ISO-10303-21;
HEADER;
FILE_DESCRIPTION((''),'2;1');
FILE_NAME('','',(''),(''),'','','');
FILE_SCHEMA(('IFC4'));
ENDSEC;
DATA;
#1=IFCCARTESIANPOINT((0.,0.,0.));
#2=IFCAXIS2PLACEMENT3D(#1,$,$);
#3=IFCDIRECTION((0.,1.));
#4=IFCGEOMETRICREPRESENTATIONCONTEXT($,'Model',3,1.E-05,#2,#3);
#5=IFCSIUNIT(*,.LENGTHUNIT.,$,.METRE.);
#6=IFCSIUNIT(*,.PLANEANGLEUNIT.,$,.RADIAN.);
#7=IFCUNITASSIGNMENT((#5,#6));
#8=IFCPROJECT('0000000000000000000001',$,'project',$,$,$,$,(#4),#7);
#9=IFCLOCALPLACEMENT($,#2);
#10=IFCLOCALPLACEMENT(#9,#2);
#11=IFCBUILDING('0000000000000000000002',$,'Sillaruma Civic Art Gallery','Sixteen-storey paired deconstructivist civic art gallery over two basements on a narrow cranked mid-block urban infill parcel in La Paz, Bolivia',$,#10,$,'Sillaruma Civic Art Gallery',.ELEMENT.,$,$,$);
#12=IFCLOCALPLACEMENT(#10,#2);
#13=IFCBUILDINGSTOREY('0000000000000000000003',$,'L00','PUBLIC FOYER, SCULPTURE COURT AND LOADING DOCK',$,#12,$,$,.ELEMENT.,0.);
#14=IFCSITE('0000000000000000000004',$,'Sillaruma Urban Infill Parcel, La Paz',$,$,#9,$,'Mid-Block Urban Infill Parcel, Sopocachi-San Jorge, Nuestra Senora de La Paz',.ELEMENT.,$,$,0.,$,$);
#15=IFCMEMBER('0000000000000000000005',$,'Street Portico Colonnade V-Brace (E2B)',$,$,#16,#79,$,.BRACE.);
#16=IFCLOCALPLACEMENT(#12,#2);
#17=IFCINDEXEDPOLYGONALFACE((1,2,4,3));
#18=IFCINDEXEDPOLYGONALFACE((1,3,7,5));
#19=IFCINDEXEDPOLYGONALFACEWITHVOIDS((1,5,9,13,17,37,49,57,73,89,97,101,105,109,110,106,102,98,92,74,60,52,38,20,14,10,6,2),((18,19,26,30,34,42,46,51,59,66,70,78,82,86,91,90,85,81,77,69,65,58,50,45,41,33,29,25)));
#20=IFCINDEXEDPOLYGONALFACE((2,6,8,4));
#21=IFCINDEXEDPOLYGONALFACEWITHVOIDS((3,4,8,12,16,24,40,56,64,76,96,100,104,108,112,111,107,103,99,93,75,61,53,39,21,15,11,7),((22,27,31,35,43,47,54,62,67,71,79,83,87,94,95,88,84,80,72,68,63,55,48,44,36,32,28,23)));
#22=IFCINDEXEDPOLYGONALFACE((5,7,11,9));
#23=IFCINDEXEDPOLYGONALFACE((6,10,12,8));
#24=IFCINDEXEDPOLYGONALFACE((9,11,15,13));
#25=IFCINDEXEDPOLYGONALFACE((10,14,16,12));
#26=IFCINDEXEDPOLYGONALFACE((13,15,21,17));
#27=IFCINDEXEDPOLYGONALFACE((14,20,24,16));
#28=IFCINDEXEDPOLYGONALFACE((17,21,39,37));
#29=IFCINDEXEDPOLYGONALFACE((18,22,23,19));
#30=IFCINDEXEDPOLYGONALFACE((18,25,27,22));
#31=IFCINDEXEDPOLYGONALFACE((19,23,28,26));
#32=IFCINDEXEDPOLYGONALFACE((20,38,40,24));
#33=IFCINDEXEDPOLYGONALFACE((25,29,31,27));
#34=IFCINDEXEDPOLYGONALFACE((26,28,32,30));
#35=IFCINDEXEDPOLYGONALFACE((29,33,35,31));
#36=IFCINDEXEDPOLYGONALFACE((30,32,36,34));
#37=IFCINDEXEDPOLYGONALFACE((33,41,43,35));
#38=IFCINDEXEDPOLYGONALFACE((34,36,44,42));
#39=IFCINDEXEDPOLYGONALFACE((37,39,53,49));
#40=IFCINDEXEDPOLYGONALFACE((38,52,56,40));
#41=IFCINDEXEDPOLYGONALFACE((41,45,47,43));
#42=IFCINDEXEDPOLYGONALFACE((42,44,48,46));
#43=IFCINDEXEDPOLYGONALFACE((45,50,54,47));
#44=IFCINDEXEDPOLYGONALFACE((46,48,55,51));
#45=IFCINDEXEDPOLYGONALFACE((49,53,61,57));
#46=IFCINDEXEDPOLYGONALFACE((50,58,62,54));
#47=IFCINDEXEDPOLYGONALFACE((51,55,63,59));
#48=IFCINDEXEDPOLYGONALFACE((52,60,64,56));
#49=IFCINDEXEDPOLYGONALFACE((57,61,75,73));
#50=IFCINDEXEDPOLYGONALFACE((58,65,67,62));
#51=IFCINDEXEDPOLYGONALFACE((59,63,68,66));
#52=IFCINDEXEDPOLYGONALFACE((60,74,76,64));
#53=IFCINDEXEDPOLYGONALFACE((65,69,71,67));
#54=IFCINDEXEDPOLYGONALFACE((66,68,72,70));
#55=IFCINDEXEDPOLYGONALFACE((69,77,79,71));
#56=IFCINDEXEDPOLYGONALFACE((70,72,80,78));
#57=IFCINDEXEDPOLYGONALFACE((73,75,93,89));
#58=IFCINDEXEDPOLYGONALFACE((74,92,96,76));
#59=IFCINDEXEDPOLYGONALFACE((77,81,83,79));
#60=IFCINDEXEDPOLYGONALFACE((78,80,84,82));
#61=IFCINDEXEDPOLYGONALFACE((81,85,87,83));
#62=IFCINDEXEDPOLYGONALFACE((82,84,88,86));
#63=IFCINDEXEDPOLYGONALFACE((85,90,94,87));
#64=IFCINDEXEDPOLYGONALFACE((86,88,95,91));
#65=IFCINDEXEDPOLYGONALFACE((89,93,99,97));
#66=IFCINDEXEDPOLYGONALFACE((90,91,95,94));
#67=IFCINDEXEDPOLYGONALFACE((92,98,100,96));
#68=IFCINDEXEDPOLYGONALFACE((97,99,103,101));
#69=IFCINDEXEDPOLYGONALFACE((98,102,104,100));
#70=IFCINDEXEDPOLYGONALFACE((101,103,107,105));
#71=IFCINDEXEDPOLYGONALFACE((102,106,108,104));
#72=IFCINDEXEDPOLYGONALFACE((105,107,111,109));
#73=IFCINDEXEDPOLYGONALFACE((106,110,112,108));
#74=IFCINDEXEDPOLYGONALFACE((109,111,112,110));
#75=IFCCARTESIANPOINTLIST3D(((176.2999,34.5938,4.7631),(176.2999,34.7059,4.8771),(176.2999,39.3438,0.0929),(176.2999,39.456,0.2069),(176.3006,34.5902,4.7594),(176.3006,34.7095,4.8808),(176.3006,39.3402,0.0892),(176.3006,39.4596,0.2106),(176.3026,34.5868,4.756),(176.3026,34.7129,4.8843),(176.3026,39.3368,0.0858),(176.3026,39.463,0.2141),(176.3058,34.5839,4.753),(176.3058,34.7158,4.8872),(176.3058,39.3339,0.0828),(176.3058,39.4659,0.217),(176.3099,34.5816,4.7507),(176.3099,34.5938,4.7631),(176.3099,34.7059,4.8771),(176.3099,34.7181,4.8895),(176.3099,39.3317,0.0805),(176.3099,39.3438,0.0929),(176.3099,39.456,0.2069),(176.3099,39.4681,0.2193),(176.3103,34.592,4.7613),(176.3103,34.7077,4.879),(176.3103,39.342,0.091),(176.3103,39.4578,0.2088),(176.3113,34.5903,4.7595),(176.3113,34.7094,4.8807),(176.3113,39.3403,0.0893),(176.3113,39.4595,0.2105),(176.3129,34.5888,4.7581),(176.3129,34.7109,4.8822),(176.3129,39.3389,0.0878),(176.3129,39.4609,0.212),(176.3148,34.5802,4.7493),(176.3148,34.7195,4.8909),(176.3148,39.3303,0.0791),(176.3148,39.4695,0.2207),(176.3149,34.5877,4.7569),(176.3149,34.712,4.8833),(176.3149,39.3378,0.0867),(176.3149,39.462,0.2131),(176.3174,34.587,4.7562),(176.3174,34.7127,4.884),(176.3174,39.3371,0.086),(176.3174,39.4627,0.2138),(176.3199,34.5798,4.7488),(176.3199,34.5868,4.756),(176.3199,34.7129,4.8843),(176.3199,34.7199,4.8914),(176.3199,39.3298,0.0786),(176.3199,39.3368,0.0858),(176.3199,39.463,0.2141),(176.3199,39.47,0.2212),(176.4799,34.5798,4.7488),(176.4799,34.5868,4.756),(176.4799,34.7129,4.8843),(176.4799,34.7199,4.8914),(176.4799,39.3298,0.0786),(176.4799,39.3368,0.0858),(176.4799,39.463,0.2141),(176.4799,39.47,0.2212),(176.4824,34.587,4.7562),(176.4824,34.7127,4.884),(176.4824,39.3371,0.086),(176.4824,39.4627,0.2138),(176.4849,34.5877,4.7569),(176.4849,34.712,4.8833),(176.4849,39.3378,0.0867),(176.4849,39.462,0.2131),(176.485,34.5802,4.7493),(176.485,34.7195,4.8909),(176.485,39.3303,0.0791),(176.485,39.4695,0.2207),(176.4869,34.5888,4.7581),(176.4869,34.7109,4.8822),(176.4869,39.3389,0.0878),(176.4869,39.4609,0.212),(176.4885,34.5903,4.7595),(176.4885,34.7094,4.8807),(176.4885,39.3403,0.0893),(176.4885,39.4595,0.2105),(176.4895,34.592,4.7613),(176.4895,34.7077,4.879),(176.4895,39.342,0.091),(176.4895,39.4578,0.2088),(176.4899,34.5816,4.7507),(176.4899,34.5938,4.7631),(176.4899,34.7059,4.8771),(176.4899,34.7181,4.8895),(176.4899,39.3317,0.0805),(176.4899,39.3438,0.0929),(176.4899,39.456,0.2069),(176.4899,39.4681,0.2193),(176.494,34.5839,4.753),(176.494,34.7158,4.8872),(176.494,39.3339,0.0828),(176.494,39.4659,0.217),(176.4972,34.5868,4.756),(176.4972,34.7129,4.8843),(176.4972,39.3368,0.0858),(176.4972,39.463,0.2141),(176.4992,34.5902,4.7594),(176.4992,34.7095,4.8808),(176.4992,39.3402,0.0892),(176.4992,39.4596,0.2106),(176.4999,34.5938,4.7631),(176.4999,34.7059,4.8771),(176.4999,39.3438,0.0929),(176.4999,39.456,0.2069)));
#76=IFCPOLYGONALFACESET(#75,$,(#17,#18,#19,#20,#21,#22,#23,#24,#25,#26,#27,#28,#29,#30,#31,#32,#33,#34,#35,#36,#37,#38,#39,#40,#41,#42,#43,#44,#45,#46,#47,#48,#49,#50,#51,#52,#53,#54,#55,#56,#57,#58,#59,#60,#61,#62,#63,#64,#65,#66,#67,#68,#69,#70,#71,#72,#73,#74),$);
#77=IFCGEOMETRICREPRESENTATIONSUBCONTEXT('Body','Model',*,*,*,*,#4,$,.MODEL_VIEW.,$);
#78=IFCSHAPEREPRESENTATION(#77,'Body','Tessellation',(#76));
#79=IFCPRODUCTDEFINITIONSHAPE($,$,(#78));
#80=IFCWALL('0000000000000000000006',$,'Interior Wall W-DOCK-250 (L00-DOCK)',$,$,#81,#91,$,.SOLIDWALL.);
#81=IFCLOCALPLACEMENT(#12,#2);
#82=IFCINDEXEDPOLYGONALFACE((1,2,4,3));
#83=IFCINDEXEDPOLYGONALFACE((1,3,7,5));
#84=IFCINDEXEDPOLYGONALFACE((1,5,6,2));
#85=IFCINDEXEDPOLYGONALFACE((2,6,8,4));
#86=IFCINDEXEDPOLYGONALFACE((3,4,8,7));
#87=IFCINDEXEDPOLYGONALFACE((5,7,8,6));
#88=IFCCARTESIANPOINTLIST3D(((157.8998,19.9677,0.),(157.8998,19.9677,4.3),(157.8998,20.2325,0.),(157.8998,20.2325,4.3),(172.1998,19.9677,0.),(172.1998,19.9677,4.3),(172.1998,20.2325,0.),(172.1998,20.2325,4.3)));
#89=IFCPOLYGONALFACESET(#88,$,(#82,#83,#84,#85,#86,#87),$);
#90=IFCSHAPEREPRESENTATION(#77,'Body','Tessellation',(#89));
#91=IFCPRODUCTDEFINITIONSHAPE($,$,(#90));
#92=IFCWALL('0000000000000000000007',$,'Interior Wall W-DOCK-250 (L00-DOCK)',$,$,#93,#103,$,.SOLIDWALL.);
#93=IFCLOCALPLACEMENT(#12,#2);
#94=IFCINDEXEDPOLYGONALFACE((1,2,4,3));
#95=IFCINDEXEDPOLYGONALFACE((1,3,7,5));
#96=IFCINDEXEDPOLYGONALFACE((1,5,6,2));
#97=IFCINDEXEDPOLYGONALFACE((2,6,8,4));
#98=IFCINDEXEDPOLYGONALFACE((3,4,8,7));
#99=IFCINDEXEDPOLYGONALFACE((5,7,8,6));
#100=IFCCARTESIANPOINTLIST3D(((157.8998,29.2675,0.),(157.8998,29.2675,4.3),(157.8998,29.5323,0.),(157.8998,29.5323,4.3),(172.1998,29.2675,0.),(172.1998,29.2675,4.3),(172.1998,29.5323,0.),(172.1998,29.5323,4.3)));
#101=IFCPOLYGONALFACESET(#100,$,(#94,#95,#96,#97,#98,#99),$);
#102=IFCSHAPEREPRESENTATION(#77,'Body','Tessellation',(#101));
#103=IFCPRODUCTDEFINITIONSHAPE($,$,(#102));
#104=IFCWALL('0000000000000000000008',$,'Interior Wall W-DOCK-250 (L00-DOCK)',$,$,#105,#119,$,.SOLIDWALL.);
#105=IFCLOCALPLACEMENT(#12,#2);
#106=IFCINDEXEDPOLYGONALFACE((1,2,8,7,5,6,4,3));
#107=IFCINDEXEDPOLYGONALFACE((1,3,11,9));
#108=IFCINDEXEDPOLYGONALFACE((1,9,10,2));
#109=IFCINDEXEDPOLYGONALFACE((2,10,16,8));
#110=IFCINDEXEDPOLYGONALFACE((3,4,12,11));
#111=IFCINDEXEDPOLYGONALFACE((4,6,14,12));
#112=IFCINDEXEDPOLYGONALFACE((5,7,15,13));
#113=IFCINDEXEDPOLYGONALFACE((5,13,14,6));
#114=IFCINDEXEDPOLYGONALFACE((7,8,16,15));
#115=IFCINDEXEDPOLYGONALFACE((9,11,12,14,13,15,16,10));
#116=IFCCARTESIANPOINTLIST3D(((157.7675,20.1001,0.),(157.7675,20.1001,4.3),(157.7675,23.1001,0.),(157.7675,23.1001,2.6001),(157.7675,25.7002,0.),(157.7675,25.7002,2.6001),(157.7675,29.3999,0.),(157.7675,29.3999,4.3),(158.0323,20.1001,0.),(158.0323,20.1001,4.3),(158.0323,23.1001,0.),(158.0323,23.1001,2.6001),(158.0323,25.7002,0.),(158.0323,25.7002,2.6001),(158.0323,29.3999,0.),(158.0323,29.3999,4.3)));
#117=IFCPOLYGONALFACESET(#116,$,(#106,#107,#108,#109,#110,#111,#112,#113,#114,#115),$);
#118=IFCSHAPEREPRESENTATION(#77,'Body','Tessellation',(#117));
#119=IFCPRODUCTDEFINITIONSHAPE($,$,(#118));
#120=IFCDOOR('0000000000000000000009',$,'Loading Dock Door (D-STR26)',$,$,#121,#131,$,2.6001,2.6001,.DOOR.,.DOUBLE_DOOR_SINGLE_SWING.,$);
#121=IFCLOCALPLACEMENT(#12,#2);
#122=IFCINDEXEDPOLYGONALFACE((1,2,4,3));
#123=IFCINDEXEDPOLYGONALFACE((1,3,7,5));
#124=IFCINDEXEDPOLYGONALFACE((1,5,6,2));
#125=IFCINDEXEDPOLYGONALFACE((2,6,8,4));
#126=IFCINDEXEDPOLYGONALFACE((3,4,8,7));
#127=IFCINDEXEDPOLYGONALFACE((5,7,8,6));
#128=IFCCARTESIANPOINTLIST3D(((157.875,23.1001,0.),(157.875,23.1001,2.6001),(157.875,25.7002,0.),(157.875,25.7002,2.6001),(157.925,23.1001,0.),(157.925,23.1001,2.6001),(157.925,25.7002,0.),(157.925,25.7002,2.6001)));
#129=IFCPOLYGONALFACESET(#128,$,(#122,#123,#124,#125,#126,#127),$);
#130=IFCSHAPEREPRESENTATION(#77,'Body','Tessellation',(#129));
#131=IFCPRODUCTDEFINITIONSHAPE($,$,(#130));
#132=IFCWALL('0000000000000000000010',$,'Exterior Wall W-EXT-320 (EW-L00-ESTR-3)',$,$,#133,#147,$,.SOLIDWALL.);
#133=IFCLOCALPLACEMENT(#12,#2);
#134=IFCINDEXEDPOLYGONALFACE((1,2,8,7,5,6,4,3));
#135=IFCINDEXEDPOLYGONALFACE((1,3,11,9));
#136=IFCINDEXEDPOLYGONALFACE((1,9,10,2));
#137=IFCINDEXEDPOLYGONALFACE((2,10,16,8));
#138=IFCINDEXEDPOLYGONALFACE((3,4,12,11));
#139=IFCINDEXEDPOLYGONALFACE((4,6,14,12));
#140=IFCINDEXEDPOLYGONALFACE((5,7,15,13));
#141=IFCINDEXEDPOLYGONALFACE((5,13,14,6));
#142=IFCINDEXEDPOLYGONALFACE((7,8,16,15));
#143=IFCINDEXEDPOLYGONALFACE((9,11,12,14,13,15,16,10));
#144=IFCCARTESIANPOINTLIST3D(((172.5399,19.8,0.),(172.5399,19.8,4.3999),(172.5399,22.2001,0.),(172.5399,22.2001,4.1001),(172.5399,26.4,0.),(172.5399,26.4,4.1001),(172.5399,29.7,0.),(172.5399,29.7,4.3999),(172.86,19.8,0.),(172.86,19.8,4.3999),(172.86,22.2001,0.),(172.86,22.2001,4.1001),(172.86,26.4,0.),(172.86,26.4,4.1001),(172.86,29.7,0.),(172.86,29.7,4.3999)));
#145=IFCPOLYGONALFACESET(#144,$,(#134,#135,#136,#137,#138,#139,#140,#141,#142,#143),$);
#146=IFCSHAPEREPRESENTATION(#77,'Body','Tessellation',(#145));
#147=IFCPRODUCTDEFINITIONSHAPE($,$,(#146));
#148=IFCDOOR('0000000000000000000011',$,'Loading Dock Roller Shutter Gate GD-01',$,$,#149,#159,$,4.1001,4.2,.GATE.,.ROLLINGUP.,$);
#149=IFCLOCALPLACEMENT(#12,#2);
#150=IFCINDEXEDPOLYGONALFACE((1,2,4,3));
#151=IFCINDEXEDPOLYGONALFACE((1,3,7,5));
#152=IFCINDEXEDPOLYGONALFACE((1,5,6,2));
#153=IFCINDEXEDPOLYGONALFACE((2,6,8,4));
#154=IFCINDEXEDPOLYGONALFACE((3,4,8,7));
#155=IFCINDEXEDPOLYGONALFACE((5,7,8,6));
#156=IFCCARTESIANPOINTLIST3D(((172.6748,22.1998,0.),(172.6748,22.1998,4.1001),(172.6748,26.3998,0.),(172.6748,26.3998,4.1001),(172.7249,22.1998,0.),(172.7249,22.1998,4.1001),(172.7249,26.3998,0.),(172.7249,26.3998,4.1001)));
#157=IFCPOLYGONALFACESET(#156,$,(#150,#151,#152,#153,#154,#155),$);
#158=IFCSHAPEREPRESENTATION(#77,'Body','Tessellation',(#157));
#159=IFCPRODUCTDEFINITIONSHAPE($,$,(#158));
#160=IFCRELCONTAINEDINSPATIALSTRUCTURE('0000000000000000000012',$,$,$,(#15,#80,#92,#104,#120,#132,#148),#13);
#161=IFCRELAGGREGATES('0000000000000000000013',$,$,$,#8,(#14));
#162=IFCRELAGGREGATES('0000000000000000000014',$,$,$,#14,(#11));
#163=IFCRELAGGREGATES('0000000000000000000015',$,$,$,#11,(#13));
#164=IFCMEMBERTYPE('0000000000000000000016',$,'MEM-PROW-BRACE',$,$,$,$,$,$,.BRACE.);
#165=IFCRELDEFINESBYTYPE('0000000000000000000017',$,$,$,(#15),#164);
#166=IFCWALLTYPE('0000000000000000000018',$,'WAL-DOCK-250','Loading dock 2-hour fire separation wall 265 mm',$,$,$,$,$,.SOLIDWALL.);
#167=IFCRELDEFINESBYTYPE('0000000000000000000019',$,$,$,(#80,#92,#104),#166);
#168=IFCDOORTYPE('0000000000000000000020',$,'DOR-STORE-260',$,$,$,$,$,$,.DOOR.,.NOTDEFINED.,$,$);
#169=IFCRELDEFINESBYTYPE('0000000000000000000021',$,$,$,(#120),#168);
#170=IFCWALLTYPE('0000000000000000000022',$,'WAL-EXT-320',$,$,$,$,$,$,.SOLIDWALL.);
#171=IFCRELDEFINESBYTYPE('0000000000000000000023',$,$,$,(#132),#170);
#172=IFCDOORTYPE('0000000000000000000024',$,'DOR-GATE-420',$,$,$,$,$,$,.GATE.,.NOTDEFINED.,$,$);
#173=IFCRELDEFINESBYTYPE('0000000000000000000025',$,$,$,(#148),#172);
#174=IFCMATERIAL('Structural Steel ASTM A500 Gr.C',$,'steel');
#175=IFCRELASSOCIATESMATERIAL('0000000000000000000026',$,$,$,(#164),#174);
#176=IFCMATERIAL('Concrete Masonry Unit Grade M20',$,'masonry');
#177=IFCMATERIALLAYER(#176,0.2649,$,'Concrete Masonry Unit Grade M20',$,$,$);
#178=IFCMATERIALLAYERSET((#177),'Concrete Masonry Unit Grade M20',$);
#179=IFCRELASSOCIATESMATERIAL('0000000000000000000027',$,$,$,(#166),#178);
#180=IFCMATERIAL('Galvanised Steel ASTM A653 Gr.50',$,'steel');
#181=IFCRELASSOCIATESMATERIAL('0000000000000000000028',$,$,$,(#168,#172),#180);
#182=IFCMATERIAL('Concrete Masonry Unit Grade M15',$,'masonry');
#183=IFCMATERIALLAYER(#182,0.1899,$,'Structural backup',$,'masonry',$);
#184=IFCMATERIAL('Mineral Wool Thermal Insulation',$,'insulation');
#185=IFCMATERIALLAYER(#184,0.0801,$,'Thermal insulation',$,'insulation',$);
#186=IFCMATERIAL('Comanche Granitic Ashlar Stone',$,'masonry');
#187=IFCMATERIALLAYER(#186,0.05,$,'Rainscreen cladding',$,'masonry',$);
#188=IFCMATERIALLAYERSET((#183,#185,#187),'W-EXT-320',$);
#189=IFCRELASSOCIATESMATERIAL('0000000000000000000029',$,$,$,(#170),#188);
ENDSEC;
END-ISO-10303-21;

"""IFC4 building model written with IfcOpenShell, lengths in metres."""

from ifc_helpers import new_model, si_unit, direction, frame, frame_2d, origin, origin_2d, place, context, subcontext, project, spatial, rectangle, hollow_rectangle, extrude, material, layer, layer_set, material_profile, profile_set, type_object, element, fill, save


model = new_model("IFC4")

# Units and contexts
model_context = context("Model", 3, precision=1e-05, world=origin(), true_north=direction((0.0, 1.0)))
body_context = subcontext(model_context, "Body", "Model", "MODEL_VIEW")
ifc_project = project(units=[si_unit("LENGTHUNIT", "METRE"), si_unit("PLANEANGLEUNIT", "RADIAN")], contexts=[model_context])

# Site, building, storey
site_placement = place(None, origin())
site = spatial("IfcSite", under=ifc_project, at=site_placement, Name="Sillaruma Urban Infill Parcel, La Paz", LongName="Mid-Block Urban Infill Parcel, Sopocachi-San Jorge, Nuestra Senora de La Paz", CompositionType="ELEMENT", RefElevation=0.0)
building_placement = place(site_placement, origin())
building = spatial("IfcBuilding", under=site, at=building_placement, Name="Sillaruma Civic Art Gallery", Description="Sixteen-storey paired deconstructivist civic art gallery over two basements on a narrow cranked mid-block urban infill parcel in La Paz, Bolivia", LongName="Sillaruma Civic Art Gallery", CompositionType="ELEMENT")
storey_placement = place(building_placement, origin())
storey = spatial("IfcBuildingStorey", under=building, at=storey_placement, Name="L00", Description="PUBLIC FOYER, SCULPTURE COURT AND LOADING DOCK", CompositionType="ELEMENT", Elevation=0.0)

# Member
ifc_material_1 = material(Name="Structural Steel ASTM A500 Gr.C", Category="steel")
ifc_material_profile_1 = material_profile(ifc_material_1, hollow_rectangle(XDim=0.2, YDim=0.2, WallThickness=0.01, InnerFilletRadius=0.01, OuterFilletRadius=0.02, at=origin_2d()), Name="HSS200x200x10")
ifc_profile_set_1 = profile_set([ifc_material_profile_1], Name="Structural Steel ASTM A500 Gr.C")
member_type = type_object("IfcMemberType", Name="MEM-PROW-BRACE", PredefinedType="BRACE", material=ifc_profile_set_1)
for number, where, z_axis, x_axis, name in (
    (1, (176.3999, 39.3999, 0.1499), (0.0, -0.713074, 0.701089), (1.0, 0.0, 0.0), "Street Portico Colonnade V-Brace (E2B)"),
):
    element("IfcMember", number, at=place(storey_placement, frame(where, z_axis=z_axis, x_axis=x_axis)), inside=storey, type_object=member_type, Name=name, PredefinedType="BRACE", context=body_context, shape_type="SweptSolid", body=[
        extrude(hollow_rectangle(XDim=0.2, YDim=0.2, WallThickness=0.01, InnerFilletRadius=0.01, OuterFilletRadius=0.02, at=origin_2d()), origin(), (0.0, 0.0, 1.0), 6.6614),
    ])

# Walls
ifc_material_2 = material(Name="Concrete Masonry Unit Grade M20", Category="masonry")
ifc_layer_1 = layer(ifc_material_2, 0.2649, Name="Concrete Masonry Unit Grade M20")
ifc_layer_set_1 = layer_set([ifc_layer_1], Name="Concrete Masonry Unit Grade M20")
wall_type_1 = type_object("IfcWallType", Name="WAL-DOCK-250", Description="Loading dock 2-hour fire separation wall 265 mm", PredefinedType="SOLIDWALL", material=ifc_layer_set_1)
for number, where, z_axis, x_axis, name in (
    (2, (157.8999, 20.1001, 0.0), (0.0, 0.0, 1.0), (1.0, 0.0, 0.0), "Interior Wall W-DOCK-250 (L00-DOCK)"),
    (3, (157.8999, 29.3999, 0.0), (0.0, 0.0, 1.0), (1.0, 0.0, 0.0), "Interior Wall W-DOCK-250 (L00-DOCK)"),
):
    element("IfcWall", number, at=place(storey_placement, frame(where, z_axis=z_axis, x_axis=x_axis)), inside=storey, type_object=wall_type_1, Name=name, PredefinedType="SOLIDWALL", context=body_context, shape_type="SweptSolid", body=[
        extrude(rectangle(XDim=14.3, YDim=0.2649, at=frame_2d((7.1499, 0.0))), origin(), (0.0, 0.0, 1.0), 4.3),
    ])

# Walls, openings, doors
wall_1_placement = place(storey_placement, frame((157.8999, 20.1001, 0.0), z_axis=(0.0, 0.0, 1.0), x_axis=(0.0, 1.0, 0.0)))
wall_1 = element("IfcWall", 4, at=wall_1_placement, inside=storey, type_object=wall_type_1, Name="Interior Wall W-DOCK-250 (L00-DOCK)", PredefinedType="SOLIDWALL", context=body_context, shape_type="SweptSolid", body=[
    extrude(rectangle(XDim=9.2998, YDim=0.2649, at=frame_2d((4.6499, 0.0))), origin(), (0.0, 0.0, 1.0), 4.3),
])
opening_1_placement = place(wall_1_placement, frame((3.0, 0.0, 0.0)))
opening_1 = element("IfcOpeningElement", 5, at=opening_1_placement, cuts=wall_1, PredefinedType="OPENING", context=body_context, shape_type="SweptSolid", body=[
    extrude(rectangle(XDim=2.6001, YDim=2.6001, at=frame_2d((1.3, 1.3))), frame((0.0, 0.1423, 0.0), z_axis=(0.0, -1.0, 0.0), x_axis=(1.0, 0.0, 0.0)), (0.0, 0.0, 1.0), 0.2849),
])
ifc_material_3 = material(Name="Galvanised Steel ASTM A653 Gr.50", Category="steel")
door_type_1 = type_object("IfcDoorType", Name="DOR-STORE-260", OperationType="NOTDEFINED", PredefinedType="DOOR", material=ifc_material_3)
door_1_placement = place(opening_1_placement, origin())
door_1 = element("IfcDoor", 6, at=door_1_placement, inside=storey, type_object=door_type_1, Name="Loading Dock Door (D-STR26)", OperationType="DOUBLE_DOOR_SINGLE_SWING", OverallHeight=2.6001, OverallWidth=2.6001, PredefinedType="DOOR", context=body_context, shape_type="SweptSolid", body=[
    extrude(rectangle(XDim=2.6001, YDim=2.6001, at=frame_2d((1.3, 1.3))), frame((0.0, 0.0249, 0.0), z_axis=(0.0, -1.0, 0.0), x_axis=(1.0, 0.0, 0.0)), (0.0, 0.0, 1.0), 0.05),
])
fill(opening_1, door_1)
ifc_material_4 = material(Name="Concrete Masonry Unit Grade M15", Category="masonry")
ifc_layer_2 = layer(ifc_material_4, 0.1899, Name="Structural backup", Category="masonry")
ifc_material_5 = material(Name="Mineral Wool Thermal Insulation", Category="insulation")
ifc_layer_3 = layer(ifc_material_5, 0.0801, Name="Thermal insulation", Category="insulation")
ifc_material_6 = material(Name="Comanche Granitic Ashlar Stone", Category="masonry")
ifc_layer_4 = layer(ifc_material_6, 0.05, Name="Rainscreen cladding", Category="masonry")
ifc_layer_set_2 = layer_set([ifc_layer_2, ifc_layer_3, ifc_layer_4], Name="W-EXT-320")
wall_type_2 = type_object("IfcWallType", Name="WAL-EXT-320", PredefinedType="SOLIDWALL", material=ifc_layer_set_2)
wall_2_placement = place(storey_placement, frame((172.7, 19.8, 0.0), z_axis=(0.0, 0.0, 1.0), x_axis=(0.0, 1.0, 0.0)))
wall_2 = element("IfcWall", 7, at=wall_2_placement, inside=storey, type_object=wall_type_2, Name="Exterior Wall W-EXT-320 (EW-L00-ESTR-3)", PredefinedType="SOLIDWALL", context=body_context, shape_type="SweptSolid", body=[
    extrude(rectangle(XDim=9.8999, YDim=0.3201, at=frame_2d((4.95, 0.0))), origin(), (0.0, 0.0, 1.0), 4.3999),
])
opening_2_placement = place(wall_2_placement, frame((2.3999, 0.0, 0.0)))
opening_2 = element("IfcOpeningElement", 8, at=opening_2_placement, cuts=wall_2, PredefinedType="OPENING", context=body_context, shape_type="SweptSolid", body=[
    extrude(rectangle(XDim=4.2, YDim=4.1001, at=frame_2d((2.1001, 2.05))), frame((0.0, 0.1699, 0.0), z_axis=(0.0, -1.0, 0.0), x_axis=(1.0, 0.0, 0.0)), (0.0, 0.0, 1.0), 0.3401),
])
door_type_2 = type_object("IfcDoorType", Name="DOR-GATE-420", OperationType="NOTDEFINED", PredefinedType="GATE", material=ifc_material_3)
door_2_placement = place(opening_2_placement, frame((4.2, 0.0, 0.0), z_axis=(0.0, 0.0, 1.0), x_axis=(-1.0, 0.0, 0.0)))
door_2 = element("IfcDoor", 9, at=door_2_placement, inside=storey, type_object=door_type_2, Name="Loading Dock Roller Shutter Gate GD-01", OperationType="ROLLINGUP", OverallHeight=4.1001, OverallWidth=4.2, PredefinedType="GATE", context=body_context, shape_type="SweptSolid", body=[
    extrude(rectangle(XDim=4.2, YDim=4.1001, at=frame_2d((2.1001, 2.05))), frame((0.0, 0.0249, 0.0), z_axis=(0.0, -1.0, 0.0), x_axis=(1.0, 0.0, 0.0)), (0.0, 0.0, 1.0), 0.05),
])
fill(opening_2, door_2)

save(model, "model.ifc")
